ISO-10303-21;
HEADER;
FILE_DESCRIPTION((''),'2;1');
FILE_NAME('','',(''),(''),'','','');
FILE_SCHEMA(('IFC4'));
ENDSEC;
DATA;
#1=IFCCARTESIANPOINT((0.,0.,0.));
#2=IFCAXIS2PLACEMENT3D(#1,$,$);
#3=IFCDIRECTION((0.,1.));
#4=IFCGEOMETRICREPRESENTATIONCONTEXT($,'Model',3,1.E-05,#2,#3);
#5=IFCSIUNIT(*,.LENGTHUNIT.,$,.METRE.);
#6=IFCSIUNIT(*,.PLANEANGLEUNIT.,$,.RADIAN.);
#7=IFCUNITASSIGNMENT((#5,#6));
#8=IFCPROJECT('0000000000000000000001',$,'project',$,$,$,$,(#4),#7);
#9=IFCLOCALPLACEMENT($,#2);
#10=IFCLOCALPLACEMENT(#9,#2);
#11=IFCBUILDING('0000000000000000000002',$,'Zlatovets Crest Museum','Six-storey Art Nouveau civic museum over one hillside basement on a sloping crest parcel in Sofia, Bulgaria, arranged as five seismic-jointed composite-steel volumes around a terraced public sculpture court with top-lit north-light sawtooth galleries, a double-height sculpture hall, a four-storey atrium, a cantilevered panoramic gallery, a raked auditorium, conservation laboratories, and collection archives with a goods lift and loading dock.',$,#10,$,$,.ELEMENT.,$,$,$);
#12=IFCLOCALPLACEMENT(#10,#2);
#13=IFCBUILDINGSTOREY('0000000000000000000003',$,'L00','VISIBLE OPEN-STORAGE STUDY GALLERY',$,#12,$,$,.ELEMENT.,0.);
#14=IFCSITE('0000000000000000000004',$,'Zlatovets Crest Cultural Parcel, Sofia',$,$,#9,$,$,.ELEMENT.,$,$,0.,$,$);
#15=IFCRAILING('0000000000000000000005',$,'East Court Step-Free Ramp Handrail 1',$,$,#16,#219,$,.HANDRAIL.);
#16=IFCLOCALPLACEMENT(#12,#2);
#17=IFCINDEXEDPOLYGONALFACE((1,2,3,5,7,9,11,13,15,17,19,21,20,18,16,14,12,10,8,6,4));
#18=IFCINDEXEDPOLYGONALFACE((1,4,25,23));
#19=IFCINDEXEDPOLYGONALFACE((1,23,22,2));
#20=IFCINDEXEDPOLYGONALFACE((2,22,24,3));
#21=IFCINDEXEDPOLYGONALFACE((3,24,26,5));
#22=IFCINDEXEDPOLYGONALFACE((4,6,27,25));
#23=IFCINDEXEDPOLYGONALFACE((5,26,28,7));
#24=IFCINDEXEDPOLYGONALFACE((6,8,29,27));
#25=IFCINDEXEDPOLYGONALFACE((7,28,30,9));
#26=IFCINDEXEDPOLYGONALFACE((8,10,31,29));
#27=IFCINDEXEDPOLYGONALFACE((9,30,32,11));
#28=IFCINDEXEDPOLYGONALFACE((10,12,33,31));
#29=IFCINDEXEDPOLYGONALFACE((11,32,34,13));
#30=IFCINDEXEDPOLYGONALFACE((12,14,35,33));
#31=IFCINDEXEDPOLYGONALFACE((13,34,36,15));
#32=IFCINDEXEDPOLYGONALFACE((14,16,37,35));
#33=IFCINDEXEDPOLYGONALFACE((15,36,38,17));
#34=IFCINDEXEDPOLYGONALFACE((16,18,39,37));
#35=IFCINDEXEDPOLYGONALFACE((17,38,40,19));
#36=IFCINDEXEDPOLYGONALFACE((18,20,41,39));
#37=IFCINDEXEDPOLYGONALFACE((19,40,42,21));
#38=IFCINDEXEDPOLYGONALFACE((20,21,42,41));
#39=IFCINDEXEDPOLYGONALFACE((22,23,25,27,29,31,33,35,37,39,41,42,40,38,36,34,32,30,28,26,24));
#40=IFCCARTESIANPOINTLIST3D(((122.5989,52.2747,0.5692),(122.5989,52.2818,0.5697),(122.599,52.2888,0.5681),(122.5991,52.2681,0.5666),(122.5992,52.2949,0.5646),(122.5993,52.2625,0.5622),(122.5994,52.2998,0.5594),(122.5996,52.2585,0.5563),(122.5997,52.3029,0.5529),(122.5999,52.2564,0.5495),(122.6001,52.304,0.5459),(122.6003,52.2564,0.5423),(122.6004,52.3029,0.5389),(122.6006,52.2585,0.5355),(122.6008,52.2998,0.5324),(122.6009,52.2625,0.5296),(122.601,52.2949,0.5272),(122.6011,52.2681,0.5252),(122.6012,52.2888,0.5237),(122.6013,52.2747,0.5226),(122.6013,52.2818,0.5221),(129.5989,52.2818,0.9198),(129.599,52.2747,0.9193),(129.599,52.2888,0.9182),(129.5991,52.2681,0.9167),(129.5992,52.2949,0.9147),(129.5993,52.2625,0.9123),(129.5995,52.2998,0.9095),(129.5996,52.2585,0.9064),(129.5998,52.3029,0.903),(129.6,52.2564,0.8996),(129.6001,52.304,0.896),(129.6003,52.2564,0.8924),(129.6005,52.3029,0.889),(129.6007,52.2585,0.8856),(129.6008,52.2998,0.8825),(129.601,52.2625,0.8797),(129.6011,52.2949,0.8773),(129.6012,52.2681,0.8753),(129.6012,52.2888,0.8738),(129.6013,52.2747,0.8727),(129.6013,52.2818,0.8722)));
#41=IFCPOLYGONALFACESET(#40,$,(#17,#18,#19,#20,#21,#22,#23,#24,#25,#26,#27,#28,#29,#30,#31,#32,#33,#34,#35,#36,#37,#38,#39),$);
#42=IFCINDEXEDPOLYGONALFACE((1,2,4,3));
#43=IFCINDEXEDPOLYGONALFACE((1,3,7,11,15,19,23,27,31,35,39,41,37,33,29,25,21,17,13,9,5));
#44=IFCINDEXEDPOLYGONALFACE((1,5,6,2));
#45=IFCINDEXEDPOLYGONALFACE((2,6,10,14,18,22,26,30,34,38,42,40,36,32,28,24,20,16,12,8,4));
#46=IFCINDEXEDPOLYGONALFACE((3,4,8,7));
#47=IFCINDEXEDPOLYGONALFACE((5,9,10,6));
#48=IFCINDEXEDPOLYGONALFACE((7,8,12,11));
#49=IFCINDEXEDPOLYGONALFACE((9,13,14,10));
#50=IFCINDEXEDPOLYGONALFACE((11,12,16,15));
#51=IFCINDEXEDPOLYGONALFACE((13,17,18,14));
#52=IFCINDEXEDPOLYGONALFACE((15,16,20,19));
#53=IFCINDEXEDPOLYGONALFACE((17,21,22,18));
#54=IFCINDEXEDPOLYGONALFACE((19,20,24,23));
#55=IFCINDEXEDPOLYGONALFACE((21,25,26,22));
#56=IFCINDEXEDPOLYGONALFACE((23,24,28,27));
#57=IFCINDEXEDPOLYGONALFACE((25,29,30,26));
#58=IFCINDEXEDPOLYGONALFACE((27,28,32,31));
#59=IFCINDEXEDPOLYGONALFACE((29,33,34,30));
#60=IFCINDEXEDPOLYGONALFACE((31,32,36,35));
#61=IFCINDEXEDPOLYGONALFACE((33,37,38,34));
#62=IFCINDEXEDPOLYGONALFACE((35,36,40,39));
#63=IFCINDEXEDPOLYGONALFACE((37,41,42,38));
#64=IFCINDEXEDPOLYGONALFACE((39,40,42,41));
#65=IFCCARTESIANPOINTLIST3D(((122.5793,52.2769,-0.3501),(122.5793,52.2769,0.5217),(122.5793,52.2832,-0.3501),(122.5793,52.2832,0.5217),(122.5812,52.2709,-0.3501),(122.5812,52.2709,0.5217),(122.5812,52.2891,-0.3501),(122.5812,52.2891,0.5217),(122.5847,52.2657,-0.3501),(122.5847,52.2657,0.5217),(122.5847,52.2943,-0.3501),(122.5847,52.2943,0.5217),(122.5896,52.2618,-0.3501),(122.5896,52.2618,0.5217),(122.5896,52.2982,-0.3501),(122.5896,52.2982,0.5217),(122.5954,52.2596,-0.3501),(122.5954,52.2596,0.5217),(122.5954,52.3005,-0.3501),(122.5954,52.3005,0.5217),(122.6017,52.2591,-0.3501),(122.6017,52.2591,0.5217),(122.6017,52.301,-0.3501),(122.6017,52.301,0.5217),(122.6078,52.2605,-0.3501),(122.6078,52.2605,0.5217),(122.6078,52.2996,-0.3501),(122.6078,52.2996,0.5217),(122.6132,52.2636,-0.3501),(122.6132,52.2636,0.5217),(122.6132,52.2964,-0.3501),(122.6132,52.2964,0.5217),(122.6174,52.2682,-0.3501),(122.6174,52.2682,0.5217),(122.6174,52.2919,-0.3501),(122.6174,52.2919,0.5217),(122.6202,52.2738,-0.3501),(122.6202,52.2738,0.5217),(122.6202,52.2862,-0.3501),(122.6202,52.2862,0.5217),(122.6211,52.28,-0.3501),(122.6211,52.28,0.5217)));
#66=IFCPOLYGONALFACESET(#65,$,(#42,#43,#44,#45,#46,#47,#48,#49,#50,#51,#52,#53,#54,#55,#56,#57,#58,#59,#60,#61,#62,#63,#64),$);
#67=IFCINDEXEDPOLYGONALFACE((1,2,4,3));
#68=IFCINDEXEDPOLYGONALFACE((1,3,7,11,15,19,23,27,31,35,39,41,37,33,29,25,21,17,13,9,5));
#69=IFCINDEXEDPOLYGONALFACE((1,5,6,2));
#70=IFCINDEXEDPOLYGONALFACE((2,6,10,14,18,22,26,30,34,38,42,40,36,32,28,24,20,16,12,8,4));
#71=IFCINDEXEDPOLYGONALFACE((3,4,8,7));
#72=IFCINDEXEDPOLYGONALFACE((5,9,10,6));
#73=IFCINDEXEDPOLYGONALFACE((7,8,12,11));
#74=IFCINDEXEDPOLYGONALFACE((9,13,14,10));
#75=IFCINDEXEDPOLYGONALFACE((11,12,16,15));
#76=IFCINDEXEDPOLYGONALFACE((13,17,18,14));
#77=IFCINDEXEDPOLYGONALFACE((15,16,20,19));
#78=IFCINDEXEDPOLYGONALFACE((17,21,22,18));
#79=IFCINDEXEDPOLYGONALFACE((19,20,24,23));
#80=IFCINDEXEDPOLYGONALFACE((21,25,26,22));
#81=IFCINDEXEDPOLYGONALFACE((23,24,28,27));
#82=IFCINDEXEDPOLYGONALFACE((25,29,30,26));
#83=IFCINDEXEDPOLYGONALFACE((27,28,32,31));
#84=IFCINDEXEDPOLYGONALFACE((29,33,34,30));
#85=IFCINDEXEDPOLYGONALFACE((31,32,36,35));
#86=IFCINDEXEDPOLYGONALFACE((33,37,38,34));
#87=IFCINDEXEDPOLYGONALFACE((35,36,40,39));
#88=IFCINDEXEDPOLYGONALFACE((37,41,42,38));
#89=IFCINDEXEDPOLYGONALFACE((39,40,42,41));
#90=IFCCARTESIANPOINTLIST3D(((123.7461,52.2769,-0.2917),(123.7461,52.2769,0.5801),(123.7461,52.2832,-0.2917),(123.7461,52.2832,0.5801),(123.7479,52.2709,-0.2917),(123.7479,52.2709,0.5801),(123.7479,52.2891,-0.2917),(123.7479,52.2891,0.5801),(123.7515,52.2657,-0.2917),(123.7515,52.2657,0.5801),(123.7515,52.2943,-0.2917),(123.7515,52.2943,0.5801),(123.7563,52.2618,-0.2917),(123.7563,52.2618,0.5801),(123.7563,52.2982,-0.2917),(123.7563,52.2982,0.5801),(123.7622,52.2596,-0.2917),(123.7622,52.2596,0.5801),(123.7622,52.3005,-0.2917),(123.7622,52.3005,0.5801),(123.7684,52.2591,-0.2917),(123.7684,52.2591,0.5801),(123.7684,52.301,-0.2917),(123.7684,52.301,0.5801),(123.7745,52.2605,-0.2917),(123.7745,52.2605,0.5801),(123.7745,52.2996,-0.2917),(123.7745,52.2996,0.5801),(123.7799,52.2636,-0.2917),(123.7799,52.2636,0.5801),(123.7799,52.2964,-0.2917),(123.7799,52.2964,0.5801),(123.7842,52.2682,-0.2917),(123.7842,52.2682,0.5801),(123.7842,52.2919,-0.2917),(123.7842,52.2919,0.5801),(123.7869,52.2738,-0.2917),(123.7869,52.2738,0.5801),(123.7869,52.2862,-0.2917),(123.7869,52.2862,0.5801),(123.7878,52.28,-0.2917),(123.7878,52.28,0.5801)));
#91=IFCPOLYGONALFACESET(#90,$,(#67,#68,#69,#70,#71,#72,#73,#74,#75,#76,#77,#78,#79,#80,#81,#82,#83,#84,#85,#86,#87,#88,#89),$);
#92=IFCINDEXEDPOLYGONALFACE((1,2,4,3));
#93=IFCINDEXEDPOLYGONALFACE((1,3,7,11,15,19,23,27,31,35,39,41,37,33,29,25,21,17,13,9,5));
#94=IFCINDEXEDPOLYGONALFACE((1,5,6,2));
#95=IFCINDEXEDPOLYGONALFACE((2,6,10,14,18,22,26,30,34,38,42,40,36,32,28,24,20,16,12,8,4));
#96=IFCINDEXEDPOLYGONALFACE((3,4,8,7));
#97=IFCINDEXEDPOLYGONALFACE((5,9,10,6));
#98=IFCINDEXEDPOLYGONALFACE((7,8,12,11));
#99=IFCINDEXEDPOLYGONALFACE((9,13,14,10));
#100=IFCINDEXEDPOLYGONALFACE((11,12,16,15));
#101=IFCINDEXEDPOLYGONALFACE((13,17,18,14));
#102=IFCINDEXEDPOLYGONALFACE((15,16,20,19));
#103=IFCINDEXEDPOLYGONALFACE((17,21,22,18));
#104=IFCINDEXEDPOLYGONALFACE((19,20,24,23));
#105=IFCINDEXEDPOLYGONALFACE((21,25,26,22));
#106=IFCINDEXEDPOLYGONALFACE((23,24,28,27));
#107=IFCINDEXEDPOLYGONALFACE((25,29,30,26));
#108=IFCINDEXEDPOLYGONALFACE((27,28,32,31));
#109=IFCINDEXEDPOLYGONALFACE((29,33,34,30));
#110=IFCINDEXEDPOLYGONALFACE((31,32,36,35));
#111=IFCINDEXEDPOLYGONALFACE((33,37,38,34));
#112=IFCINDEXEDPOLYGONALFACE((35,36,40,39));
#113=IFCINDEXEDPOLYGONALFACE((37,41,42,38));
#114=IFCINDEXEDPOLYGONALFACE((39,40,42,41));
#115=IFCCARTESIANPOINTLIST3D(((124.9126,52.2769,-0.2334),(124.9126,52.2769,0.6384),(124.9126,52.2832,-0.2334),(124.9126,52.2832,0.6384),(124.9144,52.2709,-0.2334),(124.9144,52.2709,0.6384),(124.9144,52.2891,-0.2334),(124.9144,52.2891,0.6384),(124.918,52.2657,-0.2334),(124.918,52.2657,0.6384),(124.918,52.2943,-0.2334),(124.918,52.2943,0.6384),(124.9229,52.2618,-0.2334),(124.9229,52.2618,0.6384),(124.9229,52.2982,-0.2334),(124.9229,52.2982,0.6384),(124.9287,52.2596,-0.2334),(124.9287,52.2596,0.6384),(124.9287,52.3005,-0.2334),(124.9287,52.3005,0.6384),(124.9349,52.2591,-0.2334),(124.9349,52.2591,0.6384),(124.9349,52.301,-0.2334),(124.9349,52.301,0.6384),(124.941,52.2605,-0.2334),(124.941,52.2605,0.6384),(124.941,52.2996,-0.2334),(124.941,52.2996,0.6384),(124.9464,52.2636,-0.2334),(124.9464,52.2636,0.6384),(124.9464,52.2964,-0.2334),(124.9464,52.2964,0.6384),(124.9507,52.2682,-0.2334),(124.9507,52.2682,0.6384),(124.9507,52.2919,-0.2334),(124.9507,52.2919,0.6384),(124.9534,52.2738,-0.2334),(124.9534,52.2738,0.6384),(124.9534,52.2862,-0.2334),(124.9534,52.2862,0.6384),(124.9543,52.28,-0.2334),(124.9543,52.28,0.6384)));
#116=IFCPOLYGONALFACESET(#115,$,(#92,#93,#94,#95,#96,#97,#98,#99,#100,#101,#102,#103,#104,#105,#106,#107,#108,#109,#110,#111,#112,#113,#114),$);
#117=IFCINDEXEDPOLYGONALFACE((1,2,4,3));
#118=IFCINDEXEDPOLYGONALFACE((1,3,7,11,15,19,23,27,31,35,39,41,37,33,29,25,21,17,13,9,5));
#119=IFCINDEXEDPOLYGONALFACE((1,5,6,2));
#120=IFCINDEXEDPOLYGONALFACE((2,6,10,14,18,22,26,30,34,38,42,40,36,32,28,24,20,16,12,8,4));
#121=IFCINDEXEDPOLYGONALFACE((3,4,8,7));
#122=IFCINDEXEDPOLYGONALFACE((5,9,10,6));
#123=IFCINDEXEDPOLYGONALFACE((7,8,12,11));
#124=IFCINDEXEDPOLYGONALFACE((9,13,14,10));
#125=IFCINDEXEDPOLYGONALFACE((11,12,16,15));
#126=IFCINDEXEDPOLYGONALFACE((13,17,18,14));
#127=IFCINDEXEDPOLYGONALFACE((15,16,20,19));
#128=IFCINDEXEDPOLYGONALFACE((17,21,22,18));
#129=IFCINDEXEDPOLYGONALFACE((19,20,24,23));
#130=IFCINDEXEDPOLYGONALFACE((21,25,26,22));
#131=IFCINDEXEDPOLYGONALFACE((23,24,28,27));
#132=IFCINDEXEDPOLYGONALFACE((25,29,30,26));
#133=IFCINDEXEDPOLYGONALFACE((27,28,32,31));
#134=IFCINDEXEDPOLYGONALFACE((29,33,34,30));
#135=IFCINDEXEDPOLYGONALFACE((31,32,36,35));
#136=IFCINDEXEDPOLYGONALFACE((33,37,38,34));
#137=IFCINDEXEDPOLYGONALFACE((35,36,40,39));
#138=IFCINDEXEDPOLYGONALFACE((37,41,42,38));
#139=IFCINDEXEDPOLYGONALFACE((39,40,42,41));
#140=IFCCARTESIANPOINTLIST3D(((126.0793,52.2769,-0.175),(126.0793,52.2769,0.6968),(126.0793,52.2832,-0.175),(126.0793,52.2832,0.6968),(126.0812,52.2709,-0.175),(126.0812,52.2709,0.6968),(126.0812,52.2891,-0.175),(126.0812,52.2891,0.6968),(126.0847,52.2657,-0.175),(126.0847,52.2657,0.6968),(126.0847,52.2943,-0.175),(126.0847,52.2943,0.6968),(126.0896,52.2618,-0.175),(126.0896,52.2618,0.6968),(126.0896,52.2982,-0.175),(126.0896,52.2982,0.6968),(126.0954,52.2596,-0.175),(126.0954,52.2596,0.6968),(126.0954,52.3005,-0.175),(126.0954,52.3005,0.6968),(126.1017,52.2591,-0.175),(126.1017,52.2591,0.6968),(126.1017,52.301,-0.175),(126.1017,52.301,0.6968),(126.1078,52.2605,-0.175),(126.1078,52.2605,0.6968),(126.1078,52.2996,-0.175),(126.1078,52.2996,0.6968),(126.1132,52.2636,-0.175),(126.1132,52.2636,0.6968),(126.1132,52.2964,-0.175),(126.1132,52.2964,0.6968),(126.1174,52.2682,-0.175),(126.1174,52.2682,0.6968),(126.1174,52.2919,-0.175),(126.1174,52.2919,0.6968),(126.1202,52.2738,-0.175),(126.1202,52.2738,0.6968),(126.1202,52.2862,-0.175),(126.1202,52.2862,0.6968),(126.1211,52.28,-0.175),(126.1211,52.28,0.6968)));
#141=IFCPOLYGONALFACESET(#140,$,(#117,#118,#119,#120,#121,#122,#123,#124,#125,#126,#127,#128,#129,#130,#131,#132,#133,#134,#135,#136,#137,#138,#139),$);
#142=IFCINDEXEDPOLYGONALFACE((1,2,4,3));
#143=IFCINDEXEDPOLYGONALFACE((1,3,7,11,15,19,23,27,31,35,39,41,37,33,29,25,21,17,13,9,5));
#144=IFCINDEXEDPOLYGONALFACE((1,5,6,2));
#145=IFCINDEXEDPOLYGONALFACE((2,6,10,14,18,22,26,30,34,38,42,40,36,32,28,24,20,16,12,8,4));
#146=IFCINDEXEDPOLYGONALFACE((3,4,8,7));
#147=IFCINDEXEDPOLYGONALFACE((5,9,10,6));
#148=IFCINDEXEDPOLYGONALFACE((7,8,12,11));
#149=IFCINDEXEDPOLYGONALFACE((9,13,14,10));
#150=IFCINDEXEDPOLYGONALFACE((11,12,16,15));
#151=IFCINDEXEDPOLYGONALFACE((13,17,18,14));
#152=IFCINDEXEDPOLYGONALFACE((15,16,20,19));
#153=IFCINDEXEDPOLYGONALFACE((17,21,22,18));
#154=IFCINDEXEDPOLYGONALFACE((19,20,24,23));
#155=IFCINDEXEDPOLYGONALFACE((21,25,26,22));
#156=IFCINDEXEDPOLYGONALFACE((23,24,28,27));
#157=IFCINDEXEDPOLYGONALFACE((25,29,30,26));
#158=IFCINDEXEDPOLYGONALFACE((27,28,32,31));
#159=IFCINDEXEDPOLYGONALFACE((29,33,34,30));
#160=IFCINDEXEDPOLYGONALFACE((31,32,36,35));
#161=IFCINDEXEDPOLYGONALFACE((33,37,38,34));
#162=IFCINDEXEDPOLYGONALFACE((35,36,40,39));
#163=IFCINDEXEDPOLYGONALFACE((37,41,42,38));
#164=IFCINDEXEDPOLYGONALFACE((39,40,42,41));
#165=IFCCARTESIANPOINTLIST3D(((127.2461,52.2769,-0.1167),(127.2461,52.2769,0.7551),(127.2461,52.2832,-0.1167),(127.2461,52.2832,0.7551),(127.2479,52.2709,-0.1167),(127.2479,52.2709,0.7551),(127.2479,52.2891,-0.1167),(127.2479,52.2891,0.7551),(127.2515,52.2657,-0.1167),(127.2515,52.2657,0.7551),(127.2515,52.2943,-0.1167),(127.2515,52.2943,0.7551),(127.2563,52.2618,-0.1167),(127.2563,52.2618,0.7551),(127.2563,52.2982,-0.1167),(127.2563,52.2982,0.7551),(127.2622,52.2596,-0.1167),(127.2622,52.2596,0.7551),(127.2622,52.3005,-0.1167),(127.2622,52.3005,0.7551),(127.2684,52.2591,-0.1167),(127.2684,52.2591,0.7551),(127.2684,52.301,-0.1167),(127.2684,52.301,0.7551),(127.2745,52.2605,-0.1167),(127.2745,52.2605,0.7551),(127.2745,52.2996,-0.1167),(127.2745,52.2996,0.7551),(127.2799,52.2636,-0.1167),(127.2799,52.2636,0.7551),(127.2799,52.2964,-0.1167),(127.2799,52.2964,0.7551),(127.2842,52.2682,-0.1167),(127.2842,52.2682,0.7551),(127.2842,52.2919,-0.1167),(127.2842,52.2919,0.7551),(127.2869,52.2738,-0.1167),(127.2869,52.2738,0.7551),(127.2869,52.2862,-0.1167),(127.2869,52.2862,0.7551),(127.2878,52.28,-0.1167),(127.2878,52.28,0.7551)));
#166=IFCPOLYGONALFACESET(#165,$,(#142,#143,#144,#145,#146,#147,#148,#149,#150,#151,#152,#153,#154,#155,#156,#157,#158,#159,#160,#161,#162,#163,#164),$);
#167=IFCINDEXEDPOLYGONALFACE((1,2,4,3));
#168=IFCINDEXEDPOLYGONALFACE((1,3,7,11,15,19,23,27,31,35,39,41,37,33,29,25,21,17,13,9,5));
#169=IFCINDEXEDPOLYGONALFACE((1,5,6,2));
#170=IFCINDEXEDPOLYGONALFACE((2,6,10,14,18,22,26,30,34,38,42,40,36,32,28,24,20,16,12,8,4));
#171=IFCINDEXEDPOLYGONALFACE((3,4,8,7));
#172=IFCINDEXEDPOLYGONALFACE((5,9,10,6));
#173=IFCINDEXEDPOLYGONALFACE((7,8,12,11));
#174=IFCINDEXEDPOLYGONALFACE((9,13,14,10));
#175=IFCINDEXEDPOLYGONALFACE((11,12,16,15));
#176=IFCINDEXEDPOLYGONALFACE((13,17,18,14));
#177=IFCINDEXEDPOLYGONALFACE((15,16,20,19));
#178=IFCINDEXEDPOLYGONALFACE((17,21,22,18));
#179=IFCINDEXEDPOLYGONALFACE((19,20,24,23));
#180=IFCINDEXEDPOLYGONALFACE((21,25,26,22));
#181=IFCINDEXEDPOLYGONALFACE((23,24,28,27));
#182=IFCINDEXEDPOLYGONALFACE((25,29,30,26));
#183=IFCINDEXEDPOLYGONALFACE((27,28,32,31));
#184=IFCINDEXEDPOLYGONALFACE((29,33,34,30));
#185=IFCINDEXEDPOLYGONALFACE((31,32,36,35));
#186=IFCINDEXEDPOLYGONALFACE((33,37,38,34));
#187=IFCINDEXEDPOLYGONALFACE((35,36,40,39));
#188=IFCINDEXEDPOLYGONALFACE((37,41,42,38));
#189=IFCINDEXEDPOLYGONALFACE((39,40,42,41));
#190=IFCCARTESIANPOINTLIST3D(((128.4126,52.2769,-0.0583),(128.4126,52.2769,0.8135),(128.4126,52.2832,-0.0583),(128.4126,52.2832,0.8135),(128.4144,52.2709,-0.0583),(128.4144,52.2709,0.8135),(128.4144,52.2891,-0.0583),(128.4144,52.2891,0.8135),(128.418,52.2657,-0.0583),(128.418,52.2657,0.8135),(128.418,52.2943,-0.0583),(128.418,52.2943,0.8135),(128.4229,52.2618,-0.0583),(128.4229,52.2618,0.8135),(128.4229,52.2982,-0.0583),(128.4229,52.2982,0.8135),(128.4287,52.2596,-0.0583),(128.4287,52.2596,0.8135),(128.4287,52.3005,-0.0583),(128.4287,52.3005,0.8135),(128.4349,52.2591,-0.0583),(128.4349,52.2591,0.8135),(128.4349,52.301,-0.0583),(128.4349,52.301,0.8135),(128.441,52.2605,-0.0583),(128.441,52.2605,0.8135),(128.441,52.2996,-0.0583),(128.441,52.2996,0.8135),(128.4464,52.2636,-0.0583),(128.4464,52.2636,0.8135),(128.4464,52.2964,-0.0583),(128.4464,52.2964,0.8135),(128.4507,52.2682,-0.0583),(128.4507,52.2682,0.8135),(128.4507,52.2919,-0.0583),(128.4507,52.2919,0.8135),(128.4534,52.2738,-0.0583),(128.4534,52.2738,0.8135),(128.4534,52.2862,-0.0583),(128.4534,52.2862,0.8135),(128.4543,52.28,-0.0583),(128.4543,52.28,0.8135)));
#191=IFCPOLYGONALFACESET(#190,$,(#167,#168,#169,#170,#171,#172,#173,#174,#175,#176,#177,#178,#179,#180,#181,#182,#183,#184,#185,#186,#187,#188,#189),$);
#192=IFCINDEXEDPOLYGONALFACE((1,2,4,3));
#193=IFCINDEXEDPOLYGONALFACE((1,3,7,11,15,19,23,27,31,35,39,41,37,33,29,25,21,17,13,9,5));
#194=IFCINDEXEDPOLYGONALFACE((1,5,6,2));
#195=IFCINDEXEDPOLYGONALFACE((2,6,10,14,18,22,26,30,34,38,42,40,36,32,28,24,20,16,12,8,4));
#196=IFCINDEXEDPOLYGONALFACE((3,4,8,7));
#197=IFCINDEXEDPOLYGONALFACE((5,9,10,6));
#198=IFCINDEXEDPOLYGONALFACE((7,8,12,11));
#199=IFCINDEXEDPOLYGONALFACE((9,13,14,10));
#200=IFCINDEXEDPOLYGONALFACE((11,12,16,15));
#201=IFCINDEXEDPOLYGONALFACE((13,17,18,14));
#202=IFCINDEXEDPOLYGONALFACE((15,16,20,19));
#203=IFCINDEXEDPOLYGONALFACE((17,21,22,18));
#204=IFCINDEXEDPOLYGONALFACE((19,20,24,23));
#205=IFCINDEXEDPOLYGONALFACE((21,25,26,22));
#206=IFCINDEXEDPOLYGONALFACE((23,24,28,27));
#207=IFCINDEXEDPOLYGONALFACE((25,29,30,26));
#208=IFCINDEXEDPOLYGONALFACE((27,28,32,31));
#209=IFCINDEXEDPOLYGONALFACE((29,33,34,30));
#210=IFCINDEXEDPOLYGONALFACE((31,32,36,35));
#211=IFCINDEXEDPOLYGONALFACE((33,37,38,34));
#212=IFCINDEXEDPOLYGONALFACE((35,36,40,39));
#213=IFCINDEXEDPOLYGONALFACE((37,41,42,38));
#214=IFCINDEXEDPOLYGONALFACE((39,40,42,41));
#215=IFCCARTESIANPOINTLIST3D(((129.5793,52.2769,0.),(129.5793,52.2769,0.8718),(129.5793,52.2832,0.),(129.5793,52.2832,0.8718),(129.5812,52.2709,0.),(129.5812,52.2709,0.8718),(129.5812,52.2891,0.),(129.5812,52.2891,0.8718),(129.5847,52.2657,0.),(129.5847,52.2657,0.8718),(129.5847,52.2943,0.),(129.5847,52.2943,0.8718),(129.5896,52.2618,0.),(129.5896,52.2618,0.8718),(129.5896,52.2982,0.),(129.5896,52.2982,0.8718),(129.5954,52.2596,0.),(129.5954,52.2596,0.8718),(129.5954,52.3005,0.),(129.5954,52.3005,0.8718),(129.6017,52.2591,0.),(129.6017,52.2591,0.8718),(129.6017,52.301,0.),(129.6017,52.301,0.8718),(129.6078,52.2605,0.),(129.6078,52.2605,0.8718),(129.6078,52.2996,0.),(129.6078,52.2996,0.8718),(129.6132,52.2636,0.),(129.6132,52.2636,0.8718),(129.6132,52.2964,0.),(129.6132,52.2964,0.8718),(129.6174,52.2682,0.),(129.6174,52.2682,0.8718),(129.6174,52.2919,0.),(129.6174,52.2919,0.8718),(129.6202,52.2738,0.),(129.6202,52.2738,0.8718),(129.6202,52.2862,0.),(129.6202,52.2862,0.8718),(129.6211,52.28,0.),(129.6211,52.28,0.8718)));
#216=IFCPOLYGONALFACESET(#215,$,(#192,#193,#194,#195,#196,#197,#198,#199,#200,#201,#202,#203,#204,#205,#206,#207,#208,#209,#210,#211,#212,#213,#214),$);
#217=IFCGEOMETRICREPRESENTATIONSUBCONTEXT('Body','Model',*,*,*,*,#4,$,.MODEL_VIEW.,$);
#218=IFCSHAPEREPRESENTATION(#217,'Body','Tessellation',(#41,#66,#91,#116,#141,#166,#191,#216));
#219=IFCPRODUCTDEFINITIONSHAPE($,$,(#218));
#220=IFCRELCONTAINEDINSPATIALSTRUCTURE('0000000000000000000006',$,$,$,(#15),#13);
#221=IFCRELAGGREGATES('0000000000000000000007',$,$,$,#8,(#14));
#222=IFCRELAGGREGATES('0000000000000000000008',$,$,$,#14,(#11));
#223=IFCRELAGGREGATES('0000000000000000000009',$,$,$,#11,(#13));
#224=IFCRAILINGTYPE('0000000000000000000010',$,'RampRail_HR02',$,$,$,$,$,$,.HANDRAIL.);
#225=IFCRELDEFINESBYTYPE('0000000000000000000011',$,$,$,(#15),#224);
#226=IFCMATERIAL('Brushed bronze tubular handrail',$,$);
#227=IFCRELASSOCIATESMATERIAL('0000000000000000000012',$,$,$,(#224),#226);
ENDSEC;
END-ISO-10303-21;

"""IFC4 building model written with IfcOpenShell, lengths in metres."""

from ifc_helpers import new_model, si_unit, direction, frame, origin, origin_2d, place, context, subcontext, project, spatial, circle, extrude, material, type_object, element, save


model = new_model("IFC4")

# Units and contexts
model_context = context("Model", 3, precision=1e-05, world=origin(), true_north=direction((0.0, 1.0)))
body_context = subcontext(model_context, "Body", "Model", "MODEL_VIEW")
ifc_project = project(units=[si_unit("LENGTHUNIT", "METRE"), si_unit("PLANEANGLEUNIT", "RADIAN")], contexts=[model_context])

# Site, building, storey
site_placement = place(None, origin())
site = spatial("IfcSite", under=ifc_project, at=site_placement, Name="Zlatovets Crest Cultural Parcel, Sofia", CompositionType="ELEMENT", RefElevation=0.0)
building_placement = place(site_placement, origin())
building = spatial("IfcBuilding", under=site, at=building_placement, Name="Zlatovets Crest Museum", Description="Six-storey Art Nouveau civic museum over one hillside basement on a sloping crest parcel in Sofia, Bulgaria, arranged as five seismic-jointed composite-steel volumes around a terraced public sculpture court with top-lit north-light sawtooth galleries, a double-height sculpture hall, a four-storey atrium, a cantilevered panoramic gallery, a raked auditorium, conservation laboratories, and collection archives with a goods lift and loading dock.", CompositionType="ELEMENT")
storey_placement = place(building_placement, origin())
storey = spatial("IfcBuildingStorey", under=building, at=storey_placement, Name="L00", Description="VISIBLE OPEN-STORAGE STUDY GALLERY", CompositionType="ELEMENT", Elevation=0.0)

# Railing
ifc_material_1 = material(Name="Brushed bronze tubular handrail")
railing_type = type_object("IfcRailingType", Name="RampRail_HR02", PredefinedType="HANDRAIL", material=ifc_material_1)
for number, where, name in (
    (1, (122.6001, 52.28, -0.3501), "East Court Step-Free Ramp Handrail 1"),
):
    element("IfcRailing", number, at=place(storey_placement, frame(where)), inside=storey, type_object=railing_type, Name=name, PredefinedType="HANDRAIL", context=body_context, shape_type="SweptSolid", body=[
        extrude(circle(Radius=0.0239, at=origin_2d()), frame((0.0, 0.0, 0.896), z_axis=(0.998752, 0.0, 0.049952), x_axis=(0.0, 1.0, 0.0)), (0.0, 0.0, 1.0), 7.0088),
        extrude(circle(Radius=0.021, at=origin_2d()), origin(), (0.0, 0.0, 1.0), 0.8718),
        extrude(circle(Radius=0.021, at=origin_2d()), frame((1.1667, 0.0, 0.0583)), (0.0, 0.0, 1.0), 0.8718),
        extrude(circle(Radius=0.021, at=origin_2d()), frame((2.3333, 0.0, 0.1167)), (0.0, 0.0, 1.0), 0.8718),
        extrude(circle(Radius=0.021, at=origin_2d()), frame((3.5, 0.0, 0.175)), (0.0, 0.0, 1.0), 0.8718),
        extrude(circle(Radius=0.021, at=origin_2d()), frame((4.6667, 0.0, 0.2334)), (0.0, 0.0, 1.0), 0.8718),
        extrude(circle(Radius=0.021, at=origin_2d()), frame((5.8333, 0.0, 0.2917)), (0.0, 0.0, 1.0), 0.8718),
        extrude(circle(Radius=0.021, at=origin_2d()), frame((7.0, 0.0, 0.3501)), (0.0, 0.0, 1.0), 0.8718),
    ])

save(model, "model.ifc")
